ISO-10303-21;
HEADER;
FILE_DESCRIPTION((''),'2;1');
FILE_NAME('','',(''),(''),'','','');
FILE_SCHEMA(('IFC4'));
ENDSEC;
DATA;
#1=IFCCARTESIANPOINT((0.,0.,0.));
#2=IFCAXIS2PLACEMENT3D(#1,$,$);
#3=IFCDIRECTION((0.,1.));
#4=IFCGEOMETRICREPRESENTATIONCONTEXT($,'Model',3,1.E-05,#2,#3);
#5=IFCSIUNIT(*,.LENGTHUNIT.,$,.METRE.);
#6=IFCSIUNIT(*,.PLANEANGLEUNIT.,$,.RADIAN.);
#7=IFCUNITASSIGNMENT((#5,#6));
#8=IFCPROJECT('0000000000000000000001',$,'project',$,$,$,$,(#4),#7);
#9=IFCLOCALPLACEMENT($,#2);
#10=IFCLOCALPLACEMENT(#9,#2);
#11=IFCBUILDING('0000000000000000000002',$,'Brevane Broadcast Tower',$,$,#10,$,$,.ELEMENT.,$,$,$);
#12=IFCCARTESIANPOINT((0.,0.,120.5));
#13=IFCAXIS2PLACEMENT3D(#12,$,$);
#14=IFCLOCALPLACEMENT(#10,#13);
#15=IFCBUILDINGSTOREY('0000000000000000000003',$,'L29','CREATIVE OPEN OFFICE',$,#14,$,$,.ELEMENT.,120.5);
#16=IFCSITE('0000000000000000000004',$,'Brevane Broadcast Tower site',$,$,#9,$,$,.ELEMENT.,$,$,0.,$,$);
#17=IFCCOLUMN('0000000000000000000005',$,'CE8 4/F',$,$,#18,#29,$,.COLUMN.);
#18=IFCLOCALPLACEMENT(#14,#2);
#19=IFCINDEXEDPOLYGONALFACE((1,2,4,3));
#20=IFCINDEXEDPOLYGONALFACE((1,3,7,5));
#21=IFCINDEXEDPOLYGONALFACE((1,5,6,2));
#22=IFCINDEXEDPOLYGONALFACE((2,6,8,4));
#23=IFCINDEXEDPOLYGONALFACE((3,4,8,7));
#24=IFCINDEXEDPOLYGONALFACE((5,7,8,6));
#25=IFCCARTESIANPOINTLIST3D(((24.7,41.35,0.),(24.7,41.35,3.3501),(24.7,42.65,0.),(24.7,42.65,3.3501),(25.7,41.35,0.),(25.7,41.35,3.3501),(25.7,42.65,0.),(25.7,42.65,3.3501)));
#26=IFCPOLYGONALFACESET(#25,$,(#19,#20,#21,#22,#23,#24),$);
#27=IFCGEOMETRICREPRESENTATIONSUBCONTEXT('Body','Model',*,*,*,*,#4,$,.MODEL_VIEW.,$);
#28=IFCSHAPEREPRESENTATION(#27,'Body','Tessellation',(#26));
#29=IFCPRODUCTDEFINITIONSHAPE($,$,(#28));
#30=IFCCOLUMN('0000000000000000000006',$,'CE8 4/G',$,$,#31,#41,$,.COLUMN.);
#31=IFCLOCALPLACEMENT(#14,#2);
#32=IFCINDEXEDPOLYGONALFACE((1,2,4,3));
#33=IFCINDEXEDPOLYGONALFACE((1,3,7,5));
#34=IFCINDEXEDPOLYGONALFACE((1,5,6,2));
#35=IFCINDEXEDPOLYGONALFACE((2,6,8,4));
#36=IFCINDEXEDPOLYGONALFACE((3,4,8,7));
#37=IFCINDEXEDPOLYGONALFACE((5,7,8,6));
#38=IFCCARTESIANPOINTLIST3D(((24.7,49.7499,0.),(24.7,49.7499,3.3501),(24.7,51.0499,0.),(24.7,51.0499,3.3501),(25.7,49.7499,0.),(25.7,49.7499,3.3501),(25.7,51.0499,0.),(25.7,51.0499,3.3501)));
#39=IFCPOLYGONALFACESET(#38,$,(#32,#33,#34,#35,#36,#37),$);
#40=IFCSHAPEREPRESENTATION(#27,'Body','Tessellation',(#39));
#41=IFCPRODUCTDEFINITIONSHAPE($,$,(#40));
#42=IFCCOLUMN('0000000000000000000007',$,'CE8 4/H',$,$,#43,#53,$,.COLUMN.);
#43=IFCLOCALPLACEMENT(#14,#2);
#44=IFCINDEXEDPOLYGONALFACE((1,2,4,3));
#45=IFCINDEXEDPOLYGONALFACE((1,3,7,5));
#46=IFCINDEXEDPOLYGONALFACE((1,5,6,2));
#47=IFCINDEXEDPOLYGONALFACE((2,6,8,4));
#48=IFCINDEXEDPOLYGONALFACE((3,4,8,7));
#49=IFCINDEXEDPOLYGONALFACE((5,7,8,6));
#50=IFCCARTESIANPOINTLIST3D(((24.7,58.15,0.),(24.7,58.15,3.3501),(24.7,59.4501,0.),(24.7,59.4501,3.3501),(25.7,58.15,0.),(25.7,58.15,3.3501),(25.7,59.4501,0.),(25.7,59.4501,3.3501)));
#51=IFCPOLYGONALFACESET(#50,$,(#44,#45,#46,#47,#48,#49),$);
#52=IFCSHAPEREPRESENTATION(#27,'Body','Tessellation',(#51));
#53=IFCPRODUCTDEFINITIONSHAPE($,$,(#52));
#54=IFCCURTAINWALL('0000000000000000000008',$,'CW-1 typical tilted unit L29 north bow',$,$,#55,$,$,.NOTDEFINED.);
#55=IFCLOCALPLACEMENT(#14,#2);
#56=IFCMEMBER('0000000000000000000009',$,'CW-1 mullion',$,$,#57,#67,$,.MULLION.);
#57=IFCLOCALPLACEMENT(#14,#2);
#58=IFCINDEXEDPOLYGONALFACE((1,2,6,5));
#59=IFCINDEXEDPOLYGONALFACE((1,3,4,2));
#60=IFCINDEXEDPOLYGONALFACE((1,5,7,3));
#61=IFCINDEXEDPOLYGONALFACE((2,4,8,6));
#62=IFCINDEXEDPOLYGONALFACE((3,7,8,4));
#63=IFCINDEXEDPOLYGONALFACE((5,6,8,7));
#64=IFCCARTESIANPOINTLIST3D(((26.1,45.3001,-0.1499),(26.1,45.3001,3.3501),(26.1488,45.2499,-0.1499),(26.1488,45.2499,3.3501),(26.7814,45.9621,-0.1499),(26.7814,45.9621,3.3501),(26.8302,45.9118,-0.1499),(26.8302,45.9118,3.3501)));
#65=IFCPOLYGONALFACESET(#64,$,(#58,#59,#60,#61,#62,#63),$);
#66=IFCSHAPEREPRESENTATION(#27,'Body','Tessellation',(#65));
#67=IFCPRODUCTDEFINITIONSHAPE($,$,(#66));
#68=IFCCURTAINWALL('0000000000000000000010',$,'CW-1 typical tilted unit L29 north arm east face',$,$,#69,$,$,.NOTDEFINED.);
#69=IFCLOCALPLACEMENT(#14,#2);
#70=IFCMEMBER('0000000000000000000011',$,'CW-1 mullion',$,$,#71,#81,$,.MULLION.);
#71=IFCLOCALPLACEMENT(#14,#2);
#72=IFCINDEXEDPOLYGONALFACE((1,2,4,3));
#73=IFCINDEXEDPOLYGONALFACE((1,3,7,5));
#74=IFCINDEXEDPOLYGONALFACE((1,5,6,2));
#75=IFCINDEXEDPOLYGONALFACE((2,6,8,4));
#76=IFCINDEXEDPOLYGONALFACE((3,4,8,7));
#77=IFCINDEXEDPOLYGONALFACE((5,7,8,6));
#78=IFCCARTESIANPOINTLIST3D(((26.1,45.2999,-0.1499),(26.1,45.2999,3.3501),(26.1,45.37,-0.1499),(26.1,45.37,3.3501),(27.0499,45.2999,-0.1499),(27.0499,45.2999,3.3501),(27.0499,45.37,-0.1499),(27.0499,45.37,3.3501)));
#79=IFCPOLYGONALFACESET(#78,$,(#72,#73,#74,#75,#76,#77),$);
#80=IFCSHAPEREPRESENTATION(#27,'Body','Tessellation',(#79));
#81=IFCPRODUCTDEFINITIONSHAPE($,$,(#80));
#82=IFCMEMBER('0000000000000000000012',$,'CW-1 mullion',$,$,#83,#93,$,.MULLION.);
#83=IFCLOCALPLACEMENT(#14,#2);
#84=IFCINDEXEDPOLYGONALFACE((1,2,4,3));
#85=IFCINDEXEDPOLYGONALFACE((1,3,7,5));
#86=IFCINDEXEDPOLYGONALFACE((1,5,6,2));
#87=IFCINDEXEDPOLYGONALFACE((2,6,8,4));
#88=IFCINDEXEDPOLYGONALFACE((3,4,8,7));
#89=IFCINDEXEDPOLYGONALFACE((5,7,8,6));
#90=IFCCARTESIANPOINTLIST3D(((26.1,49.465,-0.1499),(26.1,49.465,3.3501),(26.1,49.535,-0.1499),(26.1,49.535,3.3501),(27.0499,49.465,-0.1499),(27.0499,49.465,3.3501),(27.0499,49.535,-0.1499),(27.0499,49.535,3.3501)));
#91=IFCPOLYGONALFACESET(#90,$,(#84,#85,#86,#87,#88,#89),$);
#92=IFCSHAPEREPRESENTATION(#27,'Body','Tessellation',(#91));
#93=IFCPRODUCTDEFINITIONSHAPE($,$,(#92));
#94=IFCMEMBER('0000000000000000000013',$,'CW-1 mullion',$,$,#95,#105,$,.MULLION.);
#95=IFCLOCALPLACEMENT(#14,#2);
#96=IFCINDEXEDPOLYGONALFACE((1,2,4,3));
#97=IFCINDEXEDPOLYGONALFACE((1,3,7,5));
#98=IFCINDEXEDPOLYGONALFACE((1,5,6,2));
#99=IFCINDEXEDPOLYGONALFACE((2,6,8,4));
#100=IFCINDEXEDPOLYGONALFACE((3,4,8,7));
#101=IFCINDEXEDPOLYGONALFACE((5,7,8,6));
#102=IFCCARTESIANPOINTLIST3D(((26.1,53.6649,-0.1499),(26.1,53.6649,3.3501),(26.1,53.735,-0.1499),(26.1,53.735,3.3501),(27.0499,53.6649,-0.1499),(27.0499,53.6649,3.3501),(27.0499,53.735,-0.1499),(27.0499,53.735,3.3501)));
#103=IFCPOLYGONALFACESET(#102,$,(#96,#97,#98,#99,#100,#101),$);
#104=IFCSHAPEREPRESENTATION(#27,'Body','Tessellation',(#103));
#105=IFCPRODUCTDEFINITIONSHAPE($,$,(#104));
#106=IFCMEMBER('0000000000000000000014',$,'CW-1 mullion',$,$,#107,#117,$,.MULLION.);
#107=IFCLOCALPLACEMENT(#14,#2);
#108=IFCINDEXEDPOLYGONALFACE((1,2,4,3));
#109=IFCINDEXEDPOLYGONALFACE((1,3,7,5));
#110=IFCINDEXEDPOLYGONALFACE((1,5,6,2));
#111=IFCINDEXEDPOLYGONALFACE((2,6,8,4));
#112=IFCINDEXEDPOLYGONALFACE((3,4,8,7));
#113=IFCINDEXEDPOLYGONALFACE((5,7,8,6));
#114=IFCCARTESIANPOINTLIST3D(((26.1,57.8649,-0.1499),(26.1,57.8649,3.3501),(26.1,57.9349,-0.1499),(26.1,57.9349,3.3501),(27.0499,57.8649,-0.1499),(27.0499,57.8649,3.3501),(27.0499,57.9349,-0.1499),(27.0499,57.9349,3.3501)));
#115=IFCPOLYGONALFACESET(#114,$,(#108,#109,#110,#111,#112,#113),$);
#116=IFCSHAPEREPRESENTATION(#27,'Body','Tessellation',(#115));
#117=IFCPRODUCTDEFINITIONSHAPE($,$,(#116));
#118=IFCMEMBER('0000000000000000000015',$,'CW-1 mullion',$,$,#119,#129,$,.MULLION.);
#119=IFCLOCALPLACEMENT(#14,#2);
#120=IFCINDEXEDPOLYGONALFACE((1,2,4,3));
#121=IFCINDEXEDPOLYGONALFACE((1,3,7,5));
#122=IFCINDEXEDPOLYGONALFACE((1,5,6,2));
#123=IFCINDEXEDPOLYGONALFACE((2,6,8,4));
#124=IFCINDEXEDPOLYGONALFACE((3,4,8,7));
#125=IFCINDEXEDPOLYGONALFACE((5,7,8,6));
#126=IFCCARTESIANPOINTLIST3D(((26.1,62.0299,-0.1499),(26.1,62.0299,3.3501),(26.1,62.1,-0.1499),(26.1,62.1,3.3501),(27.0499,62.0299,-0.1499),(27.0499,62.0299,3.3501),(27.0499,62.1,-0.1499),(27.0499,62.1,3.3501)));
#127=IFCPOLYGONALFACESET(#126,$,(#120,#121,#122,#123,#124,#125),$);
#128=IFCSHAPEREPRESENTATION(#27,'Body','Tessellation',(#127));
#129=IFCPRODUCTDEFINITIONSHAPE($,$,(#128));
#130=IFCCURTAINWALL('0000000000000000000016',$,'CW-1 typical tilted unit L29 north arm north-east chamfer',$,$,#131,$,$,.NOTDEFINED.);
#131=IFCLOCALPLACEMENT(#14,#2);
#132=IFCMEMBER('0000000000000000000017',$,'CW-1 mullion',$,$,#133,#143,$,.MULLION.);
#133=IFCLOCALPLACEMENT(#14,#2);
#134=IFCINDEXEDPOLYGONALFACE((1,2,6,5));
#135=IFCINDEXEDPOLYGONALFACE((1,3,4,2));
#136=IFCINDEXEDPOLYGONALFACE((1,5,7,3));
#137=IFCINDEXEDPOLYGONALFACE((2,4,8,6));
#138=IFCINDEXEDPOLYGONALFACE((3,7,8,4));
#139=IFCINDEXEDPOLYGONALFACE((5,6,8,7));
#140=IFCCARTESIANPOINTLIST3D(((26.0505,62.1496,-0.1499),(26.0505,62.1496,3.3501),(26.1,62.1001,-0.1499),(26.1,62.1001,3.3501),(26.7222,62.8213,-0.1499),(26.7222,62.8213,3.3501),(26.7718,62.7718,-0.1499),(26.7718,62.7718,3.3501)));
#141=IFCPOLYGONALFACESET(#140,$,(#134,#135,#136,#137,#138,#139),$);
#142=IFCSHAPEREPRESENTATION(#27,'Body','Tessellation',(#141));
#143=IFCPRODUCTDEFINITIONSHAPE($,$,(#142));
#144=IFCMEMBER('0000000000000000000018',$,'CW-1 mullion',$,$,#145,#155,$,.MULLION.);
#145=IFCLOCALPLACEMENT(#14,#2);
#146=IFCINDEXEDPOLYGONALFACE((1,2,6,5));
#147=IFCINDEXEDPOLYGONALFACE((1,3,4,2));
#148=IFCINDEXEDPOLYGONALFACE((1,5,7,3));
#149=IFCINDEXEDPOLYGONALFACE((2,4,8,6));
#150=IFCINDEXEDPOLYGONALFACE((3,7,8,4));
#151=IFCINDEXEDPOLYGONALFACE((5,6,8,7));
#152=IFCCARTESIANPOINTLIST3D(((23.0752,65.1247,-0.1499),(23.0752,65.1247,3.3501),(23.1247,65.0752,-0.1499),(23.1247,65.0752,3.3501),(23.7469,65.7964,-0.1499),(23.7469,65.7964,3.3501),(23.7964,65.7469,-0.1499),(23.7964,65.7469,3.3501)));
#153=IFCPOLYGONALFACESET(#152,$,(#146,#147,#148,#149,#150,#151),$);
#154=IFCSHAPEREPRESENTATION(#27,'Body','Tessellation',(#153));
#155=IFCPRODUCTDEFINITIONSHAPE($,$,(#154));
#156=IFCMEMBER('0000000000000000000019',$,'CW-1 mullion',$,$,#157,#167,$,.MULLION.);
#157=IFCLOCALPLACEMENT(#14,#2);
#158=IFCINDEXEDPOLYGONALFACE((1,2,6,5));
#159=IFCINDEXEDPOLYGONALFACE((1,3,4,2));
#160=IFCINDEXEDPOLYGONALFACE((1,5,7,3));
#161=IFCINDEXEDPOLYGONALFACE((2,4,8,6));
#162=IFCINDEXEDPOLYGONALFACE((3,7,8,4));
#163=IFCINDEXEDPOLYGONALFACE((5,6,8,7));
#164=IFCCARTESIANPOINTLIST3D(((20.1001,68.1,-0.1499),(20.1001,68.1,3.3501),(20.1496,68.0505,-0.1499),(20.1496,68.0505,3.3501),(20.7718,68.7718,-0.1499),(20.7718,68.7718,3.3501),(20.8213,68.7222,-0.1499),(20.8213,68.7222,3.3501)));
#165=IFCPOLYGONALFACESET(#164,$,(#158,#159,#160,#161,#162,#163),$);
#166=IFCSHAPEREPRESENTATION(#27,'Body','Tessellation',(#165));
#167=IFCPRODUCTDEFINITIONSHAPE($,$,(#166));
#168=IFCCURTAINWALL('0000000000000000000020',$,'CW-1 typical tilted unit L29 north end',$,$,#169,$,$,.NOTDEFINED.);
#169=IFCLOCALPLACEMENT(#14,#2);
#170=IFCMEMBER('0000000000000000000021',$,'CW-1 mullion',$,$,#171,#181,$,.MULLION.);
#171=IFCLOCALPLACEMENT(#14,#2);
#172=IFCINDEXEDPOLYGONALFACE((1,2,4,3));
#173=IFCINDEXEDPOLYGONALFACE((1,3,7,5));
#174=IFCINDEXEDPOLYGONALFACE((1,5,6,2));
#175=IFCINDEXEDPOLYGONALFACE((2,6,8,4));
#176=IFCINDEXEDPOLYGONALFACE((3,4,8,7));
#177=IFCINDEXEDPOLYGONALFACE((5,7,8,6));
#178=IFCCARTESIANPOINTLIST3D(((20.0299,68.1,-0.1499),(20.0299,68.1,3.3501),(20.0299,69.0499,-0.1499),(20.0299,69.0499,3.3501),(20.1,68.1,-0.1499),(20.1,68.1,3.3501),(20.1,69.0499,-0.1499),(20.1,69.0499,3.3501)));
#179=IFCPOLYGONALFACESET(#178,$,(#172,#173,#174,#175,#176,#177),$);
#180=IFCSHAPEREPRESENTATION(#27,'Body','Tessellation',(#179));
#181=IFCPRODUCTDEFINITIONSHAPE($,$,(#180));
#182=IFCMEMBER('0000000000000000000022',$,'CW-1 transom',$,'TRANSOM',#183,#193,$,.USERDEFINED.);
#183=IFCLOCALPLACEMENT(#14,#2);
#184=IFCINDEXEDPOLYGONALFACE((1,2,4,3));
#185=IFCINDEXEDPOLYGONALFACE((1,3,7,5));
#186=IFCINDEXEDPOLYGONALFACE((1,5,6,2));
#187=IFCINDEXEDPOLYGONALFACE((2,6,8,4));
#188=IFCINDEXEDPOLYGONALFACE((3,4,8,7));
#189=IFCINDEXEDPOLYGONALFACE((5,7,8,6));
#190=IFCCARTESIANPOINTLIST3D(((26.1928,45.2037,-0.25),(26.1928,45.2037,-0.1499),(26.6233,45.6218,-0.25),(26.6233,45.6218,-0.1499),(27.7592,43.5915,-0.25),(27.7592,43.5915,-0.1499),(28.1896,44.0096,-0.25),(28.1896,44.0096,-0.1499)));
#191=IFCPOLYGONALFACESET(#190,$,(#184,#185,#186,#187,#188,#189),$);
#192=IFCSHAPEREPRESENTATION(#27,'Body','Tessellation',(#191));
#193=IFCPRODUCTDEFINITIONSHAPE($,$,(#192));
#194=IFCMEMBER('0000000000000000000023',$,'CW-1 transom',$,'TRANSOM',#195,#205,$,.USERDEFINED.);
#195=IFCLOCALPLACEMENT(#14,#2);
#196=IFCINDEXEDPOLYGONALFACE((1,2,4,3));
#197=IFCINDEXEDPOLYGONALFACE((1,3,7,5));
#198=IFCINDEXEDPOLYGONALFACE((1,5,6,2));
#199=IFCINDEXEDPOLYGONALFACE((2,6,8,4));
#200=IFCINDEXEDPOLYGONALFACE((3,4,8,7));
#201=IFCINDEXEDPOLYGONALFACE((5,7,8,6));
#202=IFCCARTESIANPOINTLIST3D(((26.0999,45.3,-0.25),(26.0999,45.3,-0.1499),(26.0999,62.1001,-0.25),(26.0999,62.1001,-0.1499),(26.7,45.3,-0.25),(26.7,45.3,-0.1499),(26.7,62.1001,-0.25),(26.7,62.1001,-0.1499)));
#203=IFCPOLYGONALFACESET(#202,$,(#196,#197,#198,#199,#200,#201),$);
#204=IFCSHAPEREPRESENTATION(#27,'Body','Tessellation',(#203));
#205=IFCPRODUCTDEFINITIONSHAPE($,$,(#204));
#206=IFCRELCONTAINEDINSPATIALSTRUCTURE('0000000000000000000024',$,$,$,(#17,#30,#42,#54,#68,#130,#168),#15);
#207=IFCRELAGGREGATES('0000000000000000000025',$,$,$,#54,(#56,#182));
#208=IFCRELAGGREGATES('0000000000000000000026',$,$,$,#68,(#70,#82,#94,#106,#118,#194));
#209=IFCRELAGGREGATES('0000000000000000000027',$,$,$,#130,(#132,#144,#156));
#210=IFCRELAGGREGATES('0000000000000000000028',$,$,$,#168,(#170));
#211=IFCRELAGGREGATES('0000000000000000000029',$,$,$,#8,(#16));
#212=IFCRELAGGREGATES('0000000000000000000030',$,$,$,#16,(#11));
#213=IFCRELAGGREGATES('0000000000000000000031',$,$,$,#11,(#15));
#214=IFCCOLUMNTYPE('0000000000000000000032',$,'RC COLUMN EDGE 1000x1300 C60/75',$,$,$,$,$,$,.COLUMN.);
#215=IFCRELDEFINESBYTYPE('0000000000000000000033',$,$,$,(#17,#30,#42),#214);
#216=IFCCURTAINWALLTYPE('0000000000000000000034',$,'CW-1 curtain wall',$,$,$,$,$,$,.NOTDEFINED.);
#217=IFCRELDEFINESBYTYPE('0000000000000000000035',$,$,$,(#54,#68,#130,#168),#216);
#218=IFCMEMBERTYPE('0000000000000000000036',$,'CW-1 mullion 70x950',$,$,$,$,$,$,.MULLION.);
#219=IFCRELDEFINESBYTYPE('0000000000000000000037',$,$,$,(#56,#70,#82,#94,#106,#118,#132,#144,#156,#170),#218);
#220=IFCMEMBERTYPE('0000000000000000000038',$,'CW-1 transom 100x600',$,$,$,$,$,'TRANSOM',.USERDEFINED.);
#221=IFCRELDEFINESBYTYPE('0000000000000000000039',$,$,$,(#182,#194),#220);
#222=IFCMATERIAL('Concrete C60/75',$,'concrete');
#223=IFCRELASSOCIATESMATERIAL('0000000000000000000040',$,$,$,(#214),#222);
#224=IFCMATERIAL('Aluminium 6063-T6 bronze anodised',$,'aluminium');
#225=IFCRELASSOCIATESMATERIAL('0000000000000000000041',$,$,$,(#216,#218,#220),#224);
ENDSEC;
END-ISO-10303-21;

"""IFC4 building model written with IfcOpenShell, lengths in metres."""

from ifc_helpers import new_model, si_unit, direction, frame, origin, origin_2d, place, context, subcontext, project, spatial, rectangle, extrude, material, material_profile, profile_set, type_object, element, aggregate, save


model = new_model("IFC4")

# Units and contexts
model_context = context("Model", 3, precision=1e-05, world=origin(), true_north=direction((0.0, 1.0)))
body_context = subcontext(model_context, "Body", "Model", "MODEL_VIEW")
ifc_project = project(units=[si_unit("LENGTHUNIT", "METRE"), si_unit("PLANEANGLEUNIT", "RADIAN")], contexts=[model_context])

# Site, building, storey
site_placement = place(None, origin())
site = spatial("IfcSite", under=ifc_project, at=site_placement, Name="Brevane Broadcast Tower site", CompositionType="ELEMENT", RefElevation=0.0)
building_placement = place(site_placement, origin())
building = spatial("IfcBuilding", under=site, at=building_placement, Name="Brevane Broadcast Tower", CompositionType="ELEMENT")
storey_placement = place(building_placement, frame((0.0, 0.0, 120.5)))
storey = spatial("IfcBuildingStorey", under=building, at=storey_placement, Name="L29", Description="CREATIVE OPEN OFFICE", CompositionType="ELEMENT", Elevation=120.5)

# Columns
ifc_material_1 = material(Name="Concrete C60/75", Category="concrete")
ifc_material_profile_1 = material_profile(ifc_material_1, rectangle(XDim=1.0, YDim=1.3, at=origin_2d()), Name="RC 1000x1300")
ifc_profile_set_1 = profile_set([ifc_material_profile_1], Name="Concrete C60/75")
column_type = type_object("IfcColumnType", Name="RC COLUMN EDGE 1000x1300 C60/75", PredefinedType="COLUMN", material=ifc_profile_set_1)
for number, where, z_axis, x_axis, name in (
    (1, (25.2, 42.0, 0.0), (0.0, 0.0, 1.0), (1.0, 0.0, 0.0), "CE8 4/F"),
    (2, (25.2, 50.3999, 0.0), (0.0, 0.0, 1.0), (1.0, 0.0, 0.0), "CE8 4/G"),
    (3, (25.2, 58.8, 0.0), (0.0, 0.0, 1.0), (1.0, 0.0, 0.0), "CE8 4/H"),
):
    element("IfcColumn", number, at=place(storey_placement, frame(where, z_axis=z_axis, x_axis=x_axis)), inside=storey, type_object=column_type, Name=name, PredefinedType="COLUMN", context=body_context, shape_type="SweptSolid", body=[
        extrude(rectangle(XDim=1.0, YDim=1.3, at=origin_2d()), origin(), (0.0, 0.0, 1.0), 3.3501),
    ])

# Curtain wall, member
ifc_material_2 = material(Name="Aluminium 6063-T6 bronze anodised", Category="aluminium")
curtain_wall_type = type_object("IfcCurtainWallType", Name="CW-1 curtain wall", PredefinedType="NOTDEFINED", material=ifc_material_2)
curtain_wall_1_placement = place(storey_placement, origin())
curtain_wall_1 = element("IfcCurtainWall", 4, at=curtain_wall_1_placement, inside=storey, type_object=curtain_wall_type, Name="CW-1 typical tilted unit L29 north bow", PredefinedType="NOTDEFINED")
ifc_material_profile_2 = material_profile(ifc_material_2, rectangle(XDim=0.95, YDim=0.0701, at=origin_2d()), Name="RECT 70x950")
ifc_profile_set_2 = profile_set([ifc_material_profile_2], Name="Aluminium 6063-T6 bronze anodised")
member_type_1 = type_object("IfcMemberType", Name="CW-1 mullion 70x950", PredefinedType="MULLION", material=ifc_profile_set_2)
member_1_placement = place(storey_placement, frame((26.4651, 45.606, -0.1499), z_axis=(0.0, 0.0, 1.0), x_axis=(-0.717254, -0.696812, 0.0)))
member_1 = element("IfcMember", 5, at=member_1_placement, type_object=member_type_1, Name="CW-1 mullion", PredefinedType="MULLION", context=body_context, shape_type="SweptSolid", body=[
    extrude(rectangle(XDim=0.95, YDim=0.0701, at=origin_2d()), origin(), (0.0, 0.0, 1.0), 3.5),
])

# Curtain walls, members
curtain_wall_2_placement = place(storey_placement, origin())
curtain_wall_2 = element("IfcCurtainWall", 6, at=curtain_wall_2_placement, inside=storey, type_object=curtain_wall_type, Name="CW-1 typical tilted unit L29 north arm east face", PredefinedType="NOTDEFINED")
member_2_placement = place(storey_placement, frame((26.575, 45.335, -0.1499), z_axis=(0.0, 0.0, 1.0), x_axis=(-1.0, 0.0, 0.0)))
member_2 = element("IfcMember", 7, at=member_2_placement, type_object=member_type_1, Name="CW-1 mullion", PredefinedType="MULLION", context=body_context, shape_type="SweptSolid", body=[
    extrude(rectangle(XDim=0.95, YDim=0.0701, at=origin_2d()), origin(), (0.0, 0.0, 1.0), 3.5),
])
member_3_placement = place(storey_placement, frame((26.575, 49.5, -0.1499), z_axis=(0.0, 0.0, 1.0), x_axis=(-1.0, 0.0, 0.0)))
member_3 = element("IfcMember", 8, at=member_3_placement, type_object=member_type_1, Name="CW-1 mullion", PredefinedType="MULLION", context=body_context, shape_type="SweptSolid", body=[
    extrude(rectangle(XDim=0.95, YDim=0.0701, at=origin_2d()), origin(), (0.0, 0.0, 1.0), 3.5),
])
member_4_placement = place(storey_placement, frame((26.575, 53.7, -0.1499), z_axis=(0.0, 0.0, 1.0), x_axis=(-1.0, 0.0, 0.0)))
member_4 = element("IfcMember", 9, at=member_4_placement, type_object=member_type_1, Name="CW-1 mullion", PredefinedType="MULLION", context=body_context, shape_type="SweptSolid", body=[
    extrude(rectangle(XDim=0.95, YDim=0.0701, at=origin_2d()), origin(), (0.0, 0.0, 1.0), 3.5),
])
member_5_placement = place(storey_placement, frame((26.575, 57.8999, -0.1499), z_axis=(0.0, 0.0, 1.0), x_axis=(-1.0, 0.0, 0.0)))
member_5 = element("IfcMember", 10, at=member_5_placement, type_object=member_type_1, Name="CW-1 mullion", PredefinedType="MULLION", context=body_context, shape_type="SweptSolid", body=[
    extrude(rectangle(XDim=0.95, YDim=0.0701, at=origin_2d()), origin(), (0.0, 0.0, 1.0), 3.5),
])
member_6_placement = place(storey_placement, frame((26.575, 62.0649, -0.1499), z_axis=(0.0, 0.0, 1.0), x_axis=(-1.0, 0.0, 0.0)))
member_6 = element("IfcMember", 11, at=member_6_placement, type_object=member_type_1, Name="CW-1 mullion", PredefinedType="MULLION", context=body_context, shape_type="SweptSolid", body=[
    extrude(rectangle(XDim=0.95, YDim=0.0701, at=origin_2d()), origin(), (0.0, 0.0, 1.0), 3.5),
])
curtain_wall_3_placement = place(storey_placement, origin())
curtain_wall_3 = element("IfcCurtainWall", 12, at=curtain_wall_3_placement, inside=storey, type_object=curtain_wall_type, Name="CW-1 typical tilted unit L29 north arm north-east chamfer", PredefinedType="NOTDEFINED")
member_7_placement = place(storey_placement, frame((26.4111, 62.4607, -0.1499), z_axis=(0.0, 0.0, 1.0), x_axis=(-0.707107, -0.707107, 0.0)))
member_7 = element("IfcMember", 13, at=member_7_placement, type_object=member_type_1, Name="CW-1 mullion", PredefinedType="MULLION", context=body_context, shape_type="SweptSolid", body=[
    extrude(rectangle(XDim=0.95, YDim=0.0701, at=origin_2d()), origin(), (0.0, 0.0, 1.0), 3.5),
])
member_8_placement = place(storey_placement, frame((23.4358, 65.4358, -0.1499), z_axis=(0.0, 0.0, 1.0), x_axis=(-0.707107, -0.707107, 0.0)))
member_8 = element("IfcMember", 14, at=member_8_placement, type_object=member_type_1, Name="CW-1 mullion", PredefinedType="MULLION", context=body_context, shape_type="SweptSolid", body=[
    extrude(rectangle(XDim=0.95, YDim=0.0701, at=origin_2d()), origin(), (0.0, 0.0, 1.0), 3.5),
])
member_9_placement = place(storey_placement, frame((20.4607, 68.4111, -0.1499), z_axis=(0.0, 0.0, 1.0), x_axis=(-0.707107, -0.707107, 0.0)))
member_9 = element("IfcMember", 15, at=member_9_placement, type_object=member_type_1, Name="CW-1 mullion", PredefinedType="MULLION", context=body_context, shape_type="SweptSolid", body=[
    extrude(rectangle(XDim=0.95, YDim=0.0701, at=origin_2d()), origin(), (0.0, 0.0, 1.0), 3.5),
])

# Curtain wall, member
curtain_wall_4_placement = place(storey_placement, origin())
curtain_wall_4 = element("IfcCurtainWall", 16, at=curtain_wall_4_placement, inside=storey, type_object=curtain_wall_type, Name="CW-1 typical tilted unit L29 north end", PredefinedType="NOTDEFINED")
member_10_placement = place(storey_placement, frame((20.0649, 68.575, -0.1499), z_axis=(0.0, 0.0, 1.0), x_axis=(0.0, -1.0, 0.0)))
member_10 = element("IfcMember", 17, at=member_10_placement, type_object=member_type_1, Name="CW-1 mullion", PredefinedType="MULLION", context=body_context, shape_type="SweptSolid", body=[
    extrude(rectangle(XDim=0.95, YDim=0.0701, at=origin_2d()), origin(), (0.0, 0.0, 1.0), 3.5),
])

# Members
ifc_material_profile_3 = material_profile(ifc_material_2, rectangle(XDim=0.6001, YDim=0.1001, at=origin_2d()), Name="RECT 100x600")
ifc_profile_set_3 = profile_set([ifc_material_profile_3], Name="Aluminium 6063-T6 bronze anodised")
member_type_2 = type_object("IfcMemberType", Name="CW-1 transom 100x600", ElementType="TRANSOM", PredefinedType="USERDEFINED", material=ifc_profile_set_3)
member_11_placement = place(storey_placement, frame((27.9744, 43.8005, -0.2), z_axis=(-0.696824, 0.717242, 0.0), x_axis=(-0.717242, -0.696824, 0.0)))
member_11 = element("IfcMember", 18, at=member_11_placement, type_object=member_type_2, Name="CW-1 transom", ObjectType="TRANSOM", PredefinedType="USERDEFINED", context=body_context, shape_type="SweptSolid", body=[
    extrude(rectangle(XDim=0.6001, YDim=0.1001, at=origin_2d()), origin(), (0.0, 0.0, 1.0), 2.2478),
])
aggregate(curtain_wall_1, [member_1, member_11])
member_12_placement = place(storey_placement, frame((26.3999, 45.3, -0.2), z_axis=(0.0, 1.0, 0.0), x_axis=(-1.0, 0.0, 0.0)))
member_12 = element("IfcMember", 19, at=member_12_placement, type_object=member_type_2, Name="CW-1 transom", ObjectType="TRANSOM", PredefinedType="USERDEFINED", context=body_context, shape_type="SweptSolid", body=[
    extrude(rectangle(XDim=0.6001, YDim=0.1001, at=origin_2d()), origin(), (0.0, 0.0, 1.0), 16.8),
])
aggregate(curtain_wall_2, [member_2, member_3, member_4, member_5, member_6, member_12])
aggregate(curtain_wall_3, [member_7, member_8, member_9])
aggregate(curtain_wall_4, [member_10])

save(model, "model.ifc")
